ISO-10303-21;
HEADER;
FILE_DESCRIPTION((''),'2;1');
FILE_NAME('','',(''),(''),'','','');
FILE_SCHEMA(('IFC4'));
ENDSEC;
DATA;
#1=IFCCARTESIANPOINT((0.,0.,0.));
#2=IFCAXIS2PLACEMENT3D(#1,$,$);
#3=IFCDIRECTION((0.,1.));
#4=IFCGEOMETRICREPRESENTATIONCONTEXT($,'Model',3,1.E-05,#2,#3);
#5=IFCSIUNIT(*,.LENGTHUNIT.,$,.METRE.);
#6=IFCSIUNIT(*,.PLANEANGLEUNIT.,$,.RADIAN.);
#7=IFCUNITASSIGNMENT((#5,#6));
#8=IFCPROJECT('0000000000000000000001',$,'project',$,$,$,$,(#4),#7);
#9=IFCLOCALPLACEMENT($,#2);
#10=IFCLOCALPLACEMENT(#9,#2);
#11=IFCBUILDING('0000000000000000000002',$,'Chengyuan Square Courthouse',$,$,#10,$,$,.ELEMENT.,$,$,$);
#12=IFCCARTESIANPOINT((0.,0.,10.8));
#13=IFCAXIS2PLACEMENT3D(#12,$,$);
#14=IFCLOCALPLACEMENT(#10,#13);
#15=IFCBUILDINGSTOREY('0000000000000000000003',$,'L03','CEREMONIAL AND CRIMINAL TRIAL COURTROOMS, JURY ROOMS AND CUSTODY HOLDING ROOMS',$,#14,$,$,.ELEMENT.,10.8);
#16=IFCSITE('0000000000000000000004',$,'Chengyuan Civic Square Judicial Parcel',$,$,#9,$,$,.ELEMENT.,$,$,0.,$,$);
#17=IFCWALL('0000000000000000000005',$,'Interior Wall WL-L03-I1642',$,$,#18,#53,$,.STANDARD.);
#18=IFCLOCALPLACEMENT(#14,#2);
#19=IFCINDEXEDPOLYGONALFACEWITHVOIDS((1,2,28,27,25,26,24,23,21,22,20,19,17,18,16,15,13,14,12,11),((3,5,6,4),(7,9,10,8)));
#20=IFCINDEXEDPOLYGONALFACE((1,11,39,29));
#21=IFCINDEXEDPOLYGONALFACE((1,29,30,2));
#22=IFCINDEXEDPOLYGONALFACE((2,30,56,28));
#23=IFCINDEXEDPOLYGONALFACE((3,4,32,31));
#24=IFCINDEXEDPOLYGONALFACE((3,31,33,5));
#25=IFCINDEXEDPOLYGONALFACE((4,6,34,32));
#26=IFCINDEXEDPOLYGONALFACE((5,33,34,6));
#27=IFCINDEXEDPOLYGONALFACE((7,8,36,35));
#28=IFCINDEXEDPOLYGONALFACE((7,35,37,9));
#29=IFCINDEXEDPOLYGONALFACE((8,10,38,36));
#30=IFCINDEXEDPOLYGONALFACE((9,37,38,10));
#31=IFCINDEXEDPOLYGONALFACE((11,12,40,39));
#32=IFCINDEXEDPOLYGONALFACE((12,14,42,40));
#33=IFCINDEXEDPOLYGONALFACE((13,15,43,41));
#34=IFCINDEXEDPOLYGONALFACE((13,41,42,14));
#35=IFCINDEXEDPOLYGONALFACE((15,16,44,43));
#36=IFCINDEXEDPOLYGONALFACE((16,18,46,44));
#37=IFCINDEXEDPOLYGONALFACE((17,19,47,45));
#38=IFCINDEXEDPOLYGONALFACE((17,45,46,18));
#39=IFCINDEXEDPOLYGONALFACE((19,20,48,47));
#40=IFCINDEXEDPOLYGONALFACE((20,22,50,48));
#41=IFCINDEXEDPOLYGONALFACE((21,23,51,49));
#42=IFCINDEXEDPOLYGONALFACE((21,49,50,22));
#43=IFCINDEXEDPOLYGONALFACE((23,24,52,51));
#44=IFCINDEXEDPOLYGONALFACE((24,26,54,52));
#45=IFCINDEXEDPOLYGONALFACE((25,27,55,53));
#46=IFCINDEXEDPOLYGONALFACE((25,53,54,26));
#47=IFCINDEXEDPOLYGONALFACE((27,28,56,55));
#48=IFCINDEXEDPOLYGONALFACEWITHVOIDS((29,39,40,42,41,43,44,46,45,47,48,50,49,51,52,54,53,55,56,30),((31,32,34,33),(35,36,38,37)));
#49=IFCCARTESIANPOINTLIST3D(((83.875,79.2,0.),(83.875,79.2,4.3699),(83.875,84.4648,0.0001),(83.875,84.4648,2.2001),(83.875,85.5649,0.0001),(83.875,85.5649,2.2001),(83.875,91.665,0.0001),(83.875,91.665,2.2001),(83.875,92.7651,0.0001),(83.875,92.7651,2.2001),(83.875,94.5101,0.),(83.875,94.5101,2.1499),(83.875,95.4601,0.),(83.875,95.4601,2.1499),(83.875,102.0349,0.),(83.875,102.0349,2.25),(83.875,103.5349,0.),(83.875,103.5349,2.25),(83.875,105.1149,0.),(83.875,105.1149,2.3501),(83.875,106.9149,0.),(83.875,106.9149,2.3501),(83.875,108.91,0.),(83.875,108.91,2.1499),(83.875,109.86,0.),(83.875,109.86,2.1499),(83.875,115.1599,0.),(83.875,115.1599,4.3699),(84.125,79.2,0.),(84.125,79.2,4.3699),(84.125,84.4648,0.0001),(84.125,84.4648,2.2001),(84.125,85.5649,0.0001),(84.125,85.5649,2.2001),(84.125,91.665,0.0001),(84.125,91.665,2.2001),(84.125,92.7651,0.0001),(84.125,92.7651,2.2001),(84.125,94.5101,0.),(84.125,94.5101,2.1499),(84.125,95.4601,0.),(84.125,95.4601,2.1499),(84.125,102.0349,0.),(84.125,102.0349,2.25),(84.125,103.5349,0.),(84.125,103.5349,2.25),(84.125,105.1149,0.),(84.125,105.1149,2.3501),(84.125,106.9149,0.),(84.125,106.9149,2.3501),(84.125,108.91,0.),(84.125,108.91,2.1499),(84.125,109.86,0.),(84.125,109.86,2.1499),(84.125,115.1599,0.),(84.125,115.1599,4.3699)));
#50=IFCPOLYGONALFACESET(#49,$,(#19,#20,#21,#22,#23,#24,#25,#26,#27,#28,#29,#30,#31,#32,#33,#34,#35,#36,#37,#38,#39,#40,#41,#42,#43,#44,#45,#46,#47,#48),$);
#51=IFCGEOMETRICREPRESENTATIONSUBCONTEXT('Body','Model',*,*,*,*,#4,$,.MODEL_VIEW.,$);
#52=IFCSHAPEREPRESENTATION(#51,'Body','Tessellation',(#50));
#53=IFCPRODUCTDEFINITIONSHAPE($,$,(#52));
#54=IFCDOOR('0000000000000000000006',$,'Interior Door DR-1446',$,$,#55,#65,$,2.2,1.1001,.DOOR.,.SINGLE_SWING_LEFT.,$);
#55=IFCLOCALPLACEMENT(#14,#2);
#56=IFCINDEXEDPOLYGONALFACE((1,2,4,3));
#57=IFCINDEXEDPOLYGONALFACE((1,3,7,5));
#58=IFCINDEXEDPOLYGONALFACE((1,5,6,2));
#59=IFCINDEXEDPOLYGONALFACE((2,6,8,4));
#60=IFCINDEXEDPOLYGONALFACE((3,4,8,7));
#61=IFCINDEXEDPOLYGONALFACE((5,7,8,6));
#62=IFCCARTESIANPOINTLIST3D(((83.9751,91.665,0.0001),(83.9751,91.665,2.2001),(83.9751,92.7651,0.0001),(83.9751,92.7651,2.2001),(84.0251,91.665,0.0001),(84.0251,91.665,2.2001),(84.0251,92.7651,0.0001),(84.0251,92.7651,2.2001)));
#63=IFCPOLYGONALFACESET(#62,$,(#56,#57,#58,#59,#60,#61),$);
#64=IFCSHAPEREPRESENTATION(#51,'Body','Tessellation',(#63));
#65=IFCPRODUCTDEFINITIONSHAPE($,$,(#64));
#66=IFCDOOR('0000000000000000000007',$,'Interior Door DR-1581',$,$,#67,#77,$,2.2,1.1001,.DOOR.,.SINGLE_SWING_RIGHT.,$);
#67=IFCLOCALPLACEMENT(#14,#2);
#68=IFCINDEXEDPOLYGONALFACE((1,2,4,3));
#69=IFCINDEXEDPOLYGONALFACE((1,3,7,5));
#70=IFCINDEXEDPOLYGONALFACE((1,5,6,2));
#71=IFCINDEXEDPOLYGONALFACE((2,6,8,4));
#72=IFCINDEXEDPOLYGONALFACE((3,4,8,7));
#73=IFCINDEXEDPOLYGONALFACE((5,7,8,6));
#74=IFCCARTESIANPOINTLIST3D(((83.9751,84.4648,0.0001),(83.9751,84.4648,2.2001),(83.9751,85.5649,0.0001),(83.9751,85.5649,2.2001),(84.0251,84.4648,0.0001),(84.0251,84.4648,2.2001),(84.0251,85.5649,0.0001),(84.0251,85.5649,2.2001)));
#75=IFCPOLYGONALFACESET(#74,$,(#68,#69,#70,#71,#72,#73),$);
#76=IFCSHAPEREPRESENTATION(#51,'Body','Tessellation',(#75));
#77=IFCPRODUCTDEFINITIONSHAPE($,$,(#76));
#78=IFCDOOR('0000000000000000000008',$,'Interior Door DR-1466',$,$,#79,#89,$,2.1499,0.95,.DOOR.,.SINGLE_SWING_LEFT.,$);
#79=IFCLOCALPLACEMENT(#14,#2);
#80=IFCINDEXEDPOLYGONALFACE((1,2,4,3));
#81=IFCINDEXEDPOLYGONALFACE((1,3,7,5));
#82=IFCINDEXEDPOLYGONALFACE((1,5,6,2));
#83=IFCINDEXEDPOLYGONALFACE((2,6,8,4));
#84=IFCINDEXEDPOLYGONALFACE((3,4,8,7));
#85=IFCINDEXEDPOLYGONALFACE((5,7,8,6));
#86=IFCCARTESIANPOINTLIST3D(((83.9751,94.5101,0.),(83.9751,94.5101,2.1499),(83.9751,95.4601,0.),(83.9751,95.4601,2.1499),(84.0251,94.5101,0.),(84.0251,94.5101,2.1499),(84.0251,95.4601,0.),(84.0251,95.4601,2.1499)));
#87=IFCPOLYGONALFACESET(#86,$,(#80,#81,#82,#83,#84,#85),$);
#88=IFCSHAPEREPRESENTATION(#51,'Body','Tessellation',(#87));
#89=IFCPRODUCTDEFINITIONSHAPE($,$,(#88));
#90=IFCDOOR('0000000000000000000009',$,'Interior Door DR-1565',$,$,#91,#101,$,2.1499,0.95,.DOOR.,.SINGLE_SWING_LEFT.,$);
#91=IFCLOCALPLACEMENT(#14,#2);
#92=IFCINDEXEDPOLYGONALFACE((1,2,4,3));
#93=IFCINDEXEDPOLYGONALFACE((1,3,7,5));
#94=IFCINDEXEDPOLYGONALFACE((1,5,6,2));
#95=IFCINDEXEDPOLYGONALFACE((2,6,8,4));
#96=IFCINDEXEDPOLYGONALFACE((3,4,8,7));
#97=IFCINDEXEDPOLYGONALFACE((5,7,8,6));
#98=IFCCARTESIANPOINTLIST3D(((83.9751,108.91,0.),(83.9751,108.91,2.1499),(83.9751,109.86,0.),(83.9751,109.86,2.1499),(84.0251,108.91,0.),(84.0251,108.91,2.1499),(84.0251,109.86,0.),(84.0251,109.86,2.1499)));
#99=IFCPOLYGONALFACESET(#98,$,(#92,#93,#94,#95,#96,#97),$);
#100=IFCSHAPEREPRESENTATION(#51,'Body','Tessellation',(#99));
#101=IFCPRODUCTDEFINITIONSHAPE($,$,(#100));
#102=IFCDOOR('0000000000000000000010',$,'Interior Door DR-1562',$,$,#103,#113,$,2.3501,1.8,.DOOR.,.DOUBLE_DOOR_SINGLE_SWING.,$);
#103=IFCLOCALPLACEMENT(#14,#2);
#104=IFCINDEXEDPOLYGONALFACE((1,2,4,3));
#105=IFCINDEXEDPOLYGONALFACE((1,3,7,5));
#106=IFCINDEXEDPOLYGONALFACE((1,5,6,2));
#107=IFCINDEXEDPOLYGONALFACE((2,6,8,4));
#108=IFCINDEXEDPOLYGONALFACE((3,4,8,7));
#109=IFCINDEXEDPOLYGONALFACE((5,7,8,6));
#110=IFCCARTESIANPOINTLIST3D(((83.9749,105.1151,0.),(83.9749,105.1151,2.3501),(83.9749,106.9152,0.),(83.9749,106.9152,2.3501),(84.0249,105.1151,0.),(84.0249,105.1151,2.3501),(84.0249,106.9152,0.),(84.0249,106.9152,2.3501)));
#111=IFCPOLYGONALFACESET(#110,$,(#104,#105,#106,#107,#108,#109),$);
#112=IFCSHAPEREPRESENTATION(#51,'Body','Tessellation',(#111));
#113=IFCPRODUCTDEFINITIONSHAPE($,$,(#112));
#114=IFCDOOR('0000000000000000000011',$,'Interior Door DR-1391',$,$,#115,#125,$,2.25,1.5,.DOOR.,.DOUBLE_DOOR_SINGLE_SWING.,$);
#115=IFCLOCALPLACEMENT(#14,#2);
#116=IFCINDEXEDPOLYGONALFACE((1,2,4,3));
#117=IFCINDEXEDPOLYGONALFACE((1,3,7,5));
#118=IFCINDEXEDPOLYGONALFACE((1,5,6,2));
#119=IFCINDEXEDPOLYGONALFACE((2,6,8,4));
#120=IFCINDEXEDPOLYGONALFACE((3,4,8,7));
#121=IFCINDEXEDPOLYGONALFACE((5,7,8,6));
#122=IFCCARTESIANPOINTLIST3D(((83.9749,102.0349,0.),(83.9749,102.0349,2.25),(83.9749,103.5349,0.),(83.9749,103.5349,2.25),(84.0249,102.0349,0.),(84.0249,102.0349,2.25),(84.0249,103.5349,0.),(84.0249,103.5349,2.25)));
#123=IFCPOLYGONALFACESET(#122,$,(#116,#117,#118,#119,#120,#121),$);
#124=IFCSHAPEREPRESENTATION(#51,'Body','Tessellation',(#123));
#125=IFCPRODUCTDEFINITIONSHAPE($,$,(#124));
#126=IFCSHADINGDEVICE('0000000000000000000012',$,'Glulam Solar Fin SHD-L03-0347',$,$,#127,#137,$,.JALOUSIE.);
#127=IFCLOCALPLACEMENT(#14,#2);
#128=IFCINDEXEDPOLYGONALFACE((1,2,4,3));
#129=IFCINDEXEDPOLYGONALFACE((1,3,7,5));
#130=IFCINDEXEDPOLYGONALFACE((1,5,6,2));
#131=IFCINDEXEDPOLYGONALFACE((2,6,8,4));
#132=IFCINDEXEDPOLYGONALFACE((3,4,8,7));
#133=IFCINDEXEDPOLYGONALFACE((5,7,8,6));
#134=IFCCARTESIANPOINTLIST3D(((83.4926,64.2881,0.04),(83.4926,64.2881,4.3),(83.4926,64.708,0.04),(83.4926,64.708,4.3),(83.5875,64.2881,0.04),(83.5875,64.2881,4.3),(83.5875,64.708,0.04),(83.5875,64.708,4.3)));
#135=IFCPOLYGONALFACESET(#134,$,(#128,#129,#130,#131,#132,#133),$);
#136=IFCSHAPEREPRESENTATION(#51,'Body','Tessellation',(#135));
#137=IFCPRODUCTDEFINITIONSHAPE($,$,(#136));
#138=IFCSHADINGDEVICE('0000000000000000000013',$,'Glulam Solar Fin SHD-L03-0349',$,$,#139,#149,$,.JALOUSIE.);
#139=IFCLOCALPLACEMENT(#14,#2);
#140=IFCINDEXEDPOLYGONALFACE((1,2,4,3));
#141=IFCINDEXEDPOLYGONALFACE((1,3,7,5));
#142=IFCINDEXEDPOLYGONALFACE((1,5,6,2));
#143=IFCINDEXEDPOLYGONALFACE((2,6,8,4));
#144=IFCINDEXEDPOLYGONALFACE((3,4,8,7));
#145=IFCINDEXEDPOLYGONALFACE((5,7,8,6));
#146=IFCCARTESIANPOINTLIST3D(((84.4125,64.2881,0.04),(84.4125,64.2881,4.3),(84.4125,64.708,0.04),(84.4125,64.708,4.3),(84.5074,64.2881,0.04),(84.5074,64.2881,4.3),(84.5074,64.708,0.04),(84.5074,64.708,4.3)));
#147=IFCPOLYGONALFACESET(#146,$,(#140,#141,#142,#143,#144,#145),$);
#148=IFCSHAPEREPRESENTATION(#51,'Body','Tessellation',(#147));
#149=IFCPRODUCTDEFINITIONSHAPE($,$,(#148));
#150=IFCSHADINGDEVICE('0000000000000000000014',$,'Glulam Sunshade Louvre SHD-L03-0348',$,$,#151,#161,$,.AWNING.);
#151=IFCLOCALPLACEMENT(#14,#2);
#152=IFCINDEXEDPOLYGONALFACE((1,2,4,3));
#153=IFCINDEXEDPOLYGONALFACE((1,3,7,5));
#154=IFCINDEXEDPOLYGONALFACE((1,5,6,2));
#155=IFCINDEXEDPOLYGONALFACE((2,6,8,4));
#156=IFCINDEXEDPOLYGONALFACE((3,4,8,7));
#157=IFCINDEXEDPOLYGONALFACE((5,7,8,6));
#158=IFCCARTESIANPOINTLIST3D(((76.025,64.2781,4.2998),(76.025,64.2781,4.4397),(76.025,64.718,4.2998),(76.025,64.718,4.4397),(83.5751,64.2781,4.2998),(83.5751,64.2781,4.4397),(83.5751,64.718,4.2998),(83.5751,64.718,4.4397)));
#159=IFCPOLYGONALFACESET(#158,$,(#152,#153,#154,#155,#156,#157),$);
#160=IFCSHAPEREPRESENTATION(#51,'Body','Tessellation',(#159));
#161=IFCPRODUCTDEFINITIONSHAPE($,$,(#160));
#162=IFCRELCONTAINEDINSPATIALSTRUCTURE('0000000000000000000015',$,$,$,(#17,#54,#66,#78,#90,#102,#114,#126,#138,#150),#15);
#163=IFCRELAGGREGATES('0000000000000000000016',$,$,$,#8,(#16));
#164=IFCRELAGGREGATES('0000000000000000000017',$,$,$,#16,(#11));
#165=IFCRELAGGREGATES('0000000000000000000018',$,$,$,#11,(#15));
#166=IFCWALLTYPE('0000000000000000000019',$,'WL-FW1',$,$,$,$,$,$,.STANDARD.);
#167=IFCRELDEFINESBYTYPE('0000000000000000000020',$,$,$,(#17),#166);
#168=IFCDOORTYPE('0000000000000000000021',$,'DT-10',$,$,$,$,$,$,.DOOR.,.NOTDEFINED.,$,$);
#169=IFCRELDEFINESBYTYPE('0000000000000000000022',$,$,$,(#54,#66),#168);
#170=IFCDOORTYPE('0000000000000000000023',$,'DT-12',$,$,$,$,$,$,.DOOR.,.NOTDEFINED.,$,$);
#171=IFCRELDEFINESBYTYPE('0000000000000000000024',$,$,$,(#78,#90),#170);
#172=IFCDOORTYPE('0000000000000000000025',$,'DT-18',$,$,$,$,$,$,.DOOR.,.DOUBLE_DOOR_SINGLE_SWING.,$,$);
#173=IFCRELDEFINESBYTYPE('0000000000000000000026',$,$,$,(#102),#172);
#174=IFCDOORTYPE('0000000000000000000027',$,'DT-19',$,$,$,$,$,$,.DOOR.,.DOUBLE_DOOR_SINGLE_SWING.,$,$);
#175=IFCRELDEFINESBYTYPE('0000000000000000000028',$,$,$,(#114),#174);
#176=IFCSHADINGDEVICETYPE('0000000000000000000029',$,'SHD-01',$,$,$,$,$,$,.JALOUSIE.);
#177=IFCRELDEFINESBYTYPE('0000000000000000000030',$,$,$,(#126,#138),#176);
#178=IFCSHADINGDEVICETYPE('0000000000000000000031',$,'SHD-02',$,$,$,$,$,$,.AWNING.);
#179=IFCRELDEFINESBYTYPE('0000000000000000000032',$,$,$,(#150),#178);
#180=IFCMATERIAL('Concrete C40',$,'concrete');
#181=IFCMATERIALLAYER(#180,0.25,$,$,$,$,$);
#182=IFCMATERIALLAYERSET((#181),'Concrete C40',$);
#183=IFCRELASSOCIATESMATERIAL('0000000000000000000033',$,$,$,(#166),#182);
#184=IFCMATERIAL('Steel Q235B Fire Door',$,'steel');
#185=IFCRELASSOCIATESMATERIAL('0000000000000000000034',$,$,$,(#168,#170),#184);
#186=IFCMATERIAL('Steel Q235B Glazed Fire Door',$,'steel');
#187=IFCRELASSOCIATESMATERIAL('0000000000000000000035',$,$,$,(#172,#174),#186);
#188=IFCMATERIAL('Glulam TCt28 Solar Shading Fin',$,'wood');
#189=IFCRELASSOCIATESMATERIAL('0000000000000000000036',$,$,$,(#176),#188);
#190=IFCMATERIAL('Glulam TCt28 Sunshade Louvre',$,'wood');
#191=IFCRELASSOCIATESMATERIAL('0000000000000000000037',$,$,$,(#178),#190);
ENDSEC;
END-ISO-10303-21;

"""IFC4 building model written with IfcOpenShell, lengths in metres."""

from ifc_helpers import new_model, si_unit, direction, frame, frame_2d, origin, origin_2d, place, context, subcontext, project, spatial, rectangle, extrude, material, layer, layer_set, type_object, element, fill, save


model = new_model("IFC4")

# Units and contexts
model_context = context("Model", 3, precision=1e-05, world=origin(), true_north=direction((0.0, 1.0)))
body_context = subcontext(model_context, "Body", "Model", "MODEL_VIEW")
ifc_project = project(units=[si_unit("LENGTHUNIT", "METRE"), si_unit("PLANEANGLEUNIT", "RADIAN")], contexts=[model_context])

# Site, building, storey
site_placement = place(None, origin())
site = spatial("IfcSite", under=ifc_project, at=site_placement, Name="Chengyuan Civic Square Judicial Parcel", CompositionType="ELEMENT", RefElevation=0.0)
building_placement = place(site_placement, origin())
building = spatial("IfcBuilding", under=site, at=building_placement, Name="Chengyuan Square Courthouse", CompositionType="ELEMENT")
storey_placement = place(building_placement, frame((0.0, 0.0, 10.8)))
storey = spatial("IfcBuildingStorey", under=building, at=storey_placement, Name="L03", Description="CEREMONIAL AND CRIMINAL TRIAL COURTROOMS, JURY ROOMS AND CUSTODY HOLDING ROOMS", CompositionType="ELEMENT", Elevation=10.8)

# Shared definitions
ifc_material_1 = material(Name="Concrete C40", Category="concrete")

# Wall, openings, doors
ifc_layer_1 = layer(ifc_material_1, 0.25)
ifc_layer_set_1 = layer_set([ifc_layer_1], Name="Concrete C40")
wall_type = type_object("IfcWallType", Name="WL-FW1", PredefinedType="STANDARD", material=ifc_layer_set_1)
wall_placement = place(storey_placement, frame((84.0, 79.2, 0.0), z_axis=(0.0, 0.0, 1.0), x_axis=(0.0, 1.0, 0.0)))
wall = element("IfcWall", 1, at=wall_placement, inside=storey, type_object=wall_type, Name="Interior Wall WL-L03-I1642", PredefinedType="STANDARD", context=body_context, shape_type="SweptSolid", body=[
    extrude(rectangle(XDim=35.96, YDim=0.25, at=frame_2d((17.98, 0.0))), origin(), (0.0, 0.0, 1.0), 4.3699),
])
opening_1_placement = place(wall_placement, frame((22.835, 0.0, 0.0)))
opening_1 = element("IfcOpeningElement", 2, at=opening_1_placement, cuts=wall, PredefinedType="OPENING", context=body_context, shape_type="SweptSolid", body=[
    extrude(rectangle(XDim=1.5, YDim=2.25, at=frame_2d((0.75, 1.125))), frame((0.0, 0.137, 0.0), z_axis=(0.0, -1.0, 0.0), x_axis=(1.0, 0.0, 0.0)), (0.0, 0.0, 1.0), 0.2739),
])
opening_2_placement = place(wall_placement, frame((12.4651, 0.0, 0.0)))
opening_2 = element("IfcOpeningElement", 3, at=opening_2_placement, cuts=wall, PredefinedType="OPENING", context=body_context, shape_type="SweptSolid", body=[
    extrude(rectangle(XDim=1.1001, YDim=2.2, at=frame_2d((0.55, 1.1001))), frame((0.0, 0.137, 0.0), z_axis=(0.0, -1.0, 0.0), x_axis=(1.0, 0.0, 0.0)), (0.0, 0.0, 1.0), 0.2739),
])
opening_3_placement = place(wall_placement, frame((15.3101, 0.0, 0.0)))
opening_3 = element("IfcOpeningElement", 4, at=opening_3_placement, cuts=wall, PredefinedType="OPENING", context=body_context, shape_type="SweptSolid", body=[
    extrude(rectangle(XDim=0.95, YDim=2.1499, at=frame_2d((0.4751, 1.075))), frame((0.0, 0.137, 0.0), z_axis=(0.0, -1.0, 0.0), x_axis=(1.0, 0.0, 0.0)), (0.0, 0.0, 1.0), 0.2739),
])
opening_4_placement = place(wall_placement, frame((25.915, 0.0, 0.0)))
opening_4 = element("IfcOpeningElement", 5, at=opening_4_placement, cuts=wall, PredefinedType="OPENING", context=body_context, shape_type="SweptSolid", body=[
    extrude(rectangle(XDim=1.8, YDim=2.3501, at=frame_2d((0.8999, 1.175))), frame((0.0, 0.137, 0.0), z_axis=(0.0, -1.0, 0.0), x_axis=(1.0, 0.0, 0.0)), (0.0, 0.0, 1.0), 0.2739),
])
opening_5_placement = place(wall_placement, frame((29.71, 0.0, 0.0)))
opening_5 = element("IfcOpeningElement", 6, at=opening_5_placement, cuts=wall, PredefinedType="OPENING", context=body_context, shape_type="SweptSolid", body=[
    extrude(rectangle(XDim=0.95, YDim=2.1499, at=frame_2d((0.4751, 1.075))), frame((0.0, 0.137, 0.0), z_axis=(0.0, -1.0, 0.0), x_axis=(1.0, 0.0, 0.0)), (0.0, 0.0, 1.0), 0.2739),
])
opening_6_placement = place(wall_placement, frame((5.2649, 0.0, 0.0)))
opening_6 = element("IfcOpeningElement", 7, at=opening_6_placement, cuts=wall, PredefinedType="OPENING", context=body_context, shape_type="SweptSolid", body=[
    extrude(rectangle(XDim=1.1001, YDim=2.2, at=frame_2d((0.55, 1.1001))), frame((0.0, 0.137, 0.0), z_axis=(0.0, -1.0, 0.0), x_axis=(1.0, 0.0, 0.0)), (0.0, 0.0, 1.0), 0.2739),
])
ifc_material_2 = material(Name="Steel Q235B Fire Door", Category="steel")
door_type_1 = type_object("IfcDoorType", Name="DT-10", OperationType="NOTDEFINED", PredefinedType="DOOR", material=ifc_material_2)
door_1_placement = place(opening_2_placement, origin())
door_1 = element("IfcDoor", 8, at=door_1_placement, inside=storey, type_object=door_type_1, Name="Interior Door DR-1446", OperationType="SINGLE_SWING_LEFT", OverallHeight=2.2, OverallWidth=1.1001, PredefinedType="DOOR", context=body_context, shape_type="SweptSolid", body=[
    extrude(rectangle(XDim=1.1001, YDim=2.2, at=frame_2d((0.55, 1.1001))), frame((0.0, 0.0249, 0.0), z_axis=(0.0, -1.0, 0.0), x_axis=(1.0, 0.0, 0.0)), (0.0, 0.0, 1.0), 0.05),
])
fill(opening_2, door_1)
door_2_placement = place(opening_6_placement, origin())
door_2 = element("IfcDoor", 9, at=door_2_placement, inside=storey, type_object=door_type_1, Name="Interior Door DR-1581", OperationType="SINGLE_SWING_RIGHT", OverallHeight=2.2, OverallWidth=1.1001, PredefinedType="DOOR", context=body_context, shape_type="SweptSolid", body=[
    extrude(rectangle(XDim=1.1001, YDim=2.2, at=frame_2d((0.55, 1.1001))), frame((0.0, 0.0249, 0.0), z_axis=(0.0, -1.0, 0.0), x_axis=(1.0, 0.0, 0.0)), (0.0, 0.0, 1.0), 0.05),
])
fill(opening_6, door_2)
door_type_2 = type_object("IfcDoorType", Name="DT-12", OperationType="NOTDEFINED", PredefinedType="DOOR", material=ifc_material_2)
door_3_placement = place(opening_3_placement, origin())
door_3 = element("IfcDoor", 10, at=door_3_placement, inside=storey, type_object=door_type_2, Name="Interior Door DR-1466", OperationType="SINGLE_SWING_LEFT", OverallHeight=2.1499, OverallWidth=0.95, PredefinedType="DOOR", context=body_context, shape_type="SweptSolid", body=[
    extrude(rectangle(XDim=0.95, YDim=2.1499, at=frame_2d((0.4751, 1.075))), frame((0.0, 0.0249, 0.0), z_axis=(0.0, -1.0, 0.0), x_axis=(1.0, 0.0, 0.0)), (0.0, 0.0, 1.0), 0.05),
])
fill(opening_3, door_3)
door_4_placement = place(opening_5_placement, origin())
door_4 = element("IfcDoor", 11, at=door_4_placement, inside=storey, type_object=door_type_2, Name="Interior Door DR-1565", OperationType="SINGLE_SWING_LEFT", OverallHeight=2.1499, OverallWidth=0.95, PredefinedType="DOOR", context=body_context, shape_type="SweptSolid", body=[
    extrude(rectangle(XDim=0.95, YDim=2.1499, at=frame_2d((0.4751, 1.075))), frame((0.0, 0.0249, 0.0), z_axis=(0.0, -1.0, 0.0), x_axis=(1.0, 0.0, 0.0)), (0.0, 0.0, 1.0), 0.05),
])
fill(opening_5, door_4)
ifc_material_3 = material(Name="Steel Q235B Glazed Fire Door", Category="steel")
door_type_3 = type_object("IfcDoorType", Name="DT-18", OperationType="DOUBLE_DOOR_SINGLE_SWING", PredefinedType="DOOR", material=ifc_material_3)
door_5_placement = place(opening_4_placement, frame((1.8, 0.0, 0.0), z_axis=(0.0, 0.0, 1.0), x_axis=(-1.0, 0.0, 0.0)))
door_5 = element("IfcDoor", 12, at=door_5_placement, inside=storey, type_object=door_type_3, Name="Interior Door DR-1562", OperationType="DOUBLE_DOOR_SINGLE_SWING", OverallHeight=2.3501, OverallWidth=1.8, PredefinedType="DOOR", context=body_context, shape_type="SweptSolid", body=[
    extrude(rectangle(XDim=1.8, YDim=2.3501, at=frame_2d((0.8999, 1.175))), frame((0.0, 0.0249, 0.0), z_axis=(0.0, -1.0, 0.0), x_axis=(1.0, 0.0, 0.0)), (0.0, 0.0, 1.0), 0.05),
])
fill(opening_4, door_5)
door_type_4 = type_object("IfcDoorType", Name="DT-19", OperationType="DOUBLE_DOOR_SINGLE_SWING", PredefinedType="DOOR", material=ifc_material_3)
door_6_placement = place(opening_1_placement, frame((1.5, 0.0, 0.0), z_axis=(0.0, 0.0, 1.0), x_axis=(-1.0, 0.0, 0.0)))
door_6 = element("IfcDoor", 13, at=door_6_placement, inside=storey, type_object=door_type_4, Name="Interior Door DR-1391", OperationType="DOUBLE_DOOR_SINGLE_SWING", OverallHeight=2.25, OverallWidth=1.5, PredefinedType="DOOR", context=body_context, shape_type="SweptSolid", body=[
    extrude(rectangle(XDim=1.5, YDim=2.25, at=frame_2d((0.75, 1.125))), frame((0.0, 0.0249, 0.0), z_axis=(0.0, -1.0, 0.0), x_axis=(1.0, 0.0, 0.0)), (0.0, 0.0, 1.0), 0.05),
])
fill(opening_1, door_6)

# Shading devices
ifc_material_4 = material(Name="Glulam TCt28 Solar Shading Fin", Category="wood")
shading_device_type_1 = type_object("IfcShadingDeviceType", Name="SHD-01", PredefinedType="JALOUSIE", material=ifc_material_4)
for number, where, z_axis, x_axis, name in (
    (14, (83.54, 64.498, 0.04), (0.0, 0.0, 1.0), (0.0, 1.0, 0.0), "Glulam Solar Fin SHD-L03-0347"),
    (15, (84.46, 64.498, 0.04), (0.0, 0.0, 1.0), (0.0, 1.0, 0.0), "Glulam Solar Fin SHD-L03-0349"),
):
    element("IfcShadingDevice", number, at=place(storey_placement, frame(where, z_axis=z_axis, x_axis=x_axis)), inside=storey, type_object=shading_device_type_1, Name=name, PredefinedType="JALOUSIE", context=body_context, shape_type="SweptSolid", body=[
        extrude(rectangle(XDim=0.4199, YDim=0.095, at=origin_2d()), origin(), (0.0, 0.0, 1.0), 4.26),
    ])
ifc_material_5 = material(Name="Glulam TCt28 Sunshade Louvre", Category="wood")
shading_device_type_2 = type_object("IfcShadingDeviceType", Name="SHD-02", PredefinedType="AWNING", material=ifc_material_5)
for number, where, z_axis, x_axis, name in (
    (16, (79.8, 64.498, 4.2998), (0.0, 0.0, 1.0), (1.0, 0.0, 0.0), "Glulam Sunshade Louvre SHD-L03-0348"),
):
    element("IfcShadingDevice", number, at=place(storey_placement, frame(where, z_axis=z_axis, x_axis=x_axis)), inside=storey, type_object=shading_device_type_2, Name=name, PredefinedType="AWNING", context=body_context, shape_type="SweptSolid", body=[
        extrude(rectangle(XDim=7.55, YDim=0.4399, at=origin_2d()), origin(), (0.0, 0.0, 1.0), 0.1399),
    ])

save(model, "model.ifc")
